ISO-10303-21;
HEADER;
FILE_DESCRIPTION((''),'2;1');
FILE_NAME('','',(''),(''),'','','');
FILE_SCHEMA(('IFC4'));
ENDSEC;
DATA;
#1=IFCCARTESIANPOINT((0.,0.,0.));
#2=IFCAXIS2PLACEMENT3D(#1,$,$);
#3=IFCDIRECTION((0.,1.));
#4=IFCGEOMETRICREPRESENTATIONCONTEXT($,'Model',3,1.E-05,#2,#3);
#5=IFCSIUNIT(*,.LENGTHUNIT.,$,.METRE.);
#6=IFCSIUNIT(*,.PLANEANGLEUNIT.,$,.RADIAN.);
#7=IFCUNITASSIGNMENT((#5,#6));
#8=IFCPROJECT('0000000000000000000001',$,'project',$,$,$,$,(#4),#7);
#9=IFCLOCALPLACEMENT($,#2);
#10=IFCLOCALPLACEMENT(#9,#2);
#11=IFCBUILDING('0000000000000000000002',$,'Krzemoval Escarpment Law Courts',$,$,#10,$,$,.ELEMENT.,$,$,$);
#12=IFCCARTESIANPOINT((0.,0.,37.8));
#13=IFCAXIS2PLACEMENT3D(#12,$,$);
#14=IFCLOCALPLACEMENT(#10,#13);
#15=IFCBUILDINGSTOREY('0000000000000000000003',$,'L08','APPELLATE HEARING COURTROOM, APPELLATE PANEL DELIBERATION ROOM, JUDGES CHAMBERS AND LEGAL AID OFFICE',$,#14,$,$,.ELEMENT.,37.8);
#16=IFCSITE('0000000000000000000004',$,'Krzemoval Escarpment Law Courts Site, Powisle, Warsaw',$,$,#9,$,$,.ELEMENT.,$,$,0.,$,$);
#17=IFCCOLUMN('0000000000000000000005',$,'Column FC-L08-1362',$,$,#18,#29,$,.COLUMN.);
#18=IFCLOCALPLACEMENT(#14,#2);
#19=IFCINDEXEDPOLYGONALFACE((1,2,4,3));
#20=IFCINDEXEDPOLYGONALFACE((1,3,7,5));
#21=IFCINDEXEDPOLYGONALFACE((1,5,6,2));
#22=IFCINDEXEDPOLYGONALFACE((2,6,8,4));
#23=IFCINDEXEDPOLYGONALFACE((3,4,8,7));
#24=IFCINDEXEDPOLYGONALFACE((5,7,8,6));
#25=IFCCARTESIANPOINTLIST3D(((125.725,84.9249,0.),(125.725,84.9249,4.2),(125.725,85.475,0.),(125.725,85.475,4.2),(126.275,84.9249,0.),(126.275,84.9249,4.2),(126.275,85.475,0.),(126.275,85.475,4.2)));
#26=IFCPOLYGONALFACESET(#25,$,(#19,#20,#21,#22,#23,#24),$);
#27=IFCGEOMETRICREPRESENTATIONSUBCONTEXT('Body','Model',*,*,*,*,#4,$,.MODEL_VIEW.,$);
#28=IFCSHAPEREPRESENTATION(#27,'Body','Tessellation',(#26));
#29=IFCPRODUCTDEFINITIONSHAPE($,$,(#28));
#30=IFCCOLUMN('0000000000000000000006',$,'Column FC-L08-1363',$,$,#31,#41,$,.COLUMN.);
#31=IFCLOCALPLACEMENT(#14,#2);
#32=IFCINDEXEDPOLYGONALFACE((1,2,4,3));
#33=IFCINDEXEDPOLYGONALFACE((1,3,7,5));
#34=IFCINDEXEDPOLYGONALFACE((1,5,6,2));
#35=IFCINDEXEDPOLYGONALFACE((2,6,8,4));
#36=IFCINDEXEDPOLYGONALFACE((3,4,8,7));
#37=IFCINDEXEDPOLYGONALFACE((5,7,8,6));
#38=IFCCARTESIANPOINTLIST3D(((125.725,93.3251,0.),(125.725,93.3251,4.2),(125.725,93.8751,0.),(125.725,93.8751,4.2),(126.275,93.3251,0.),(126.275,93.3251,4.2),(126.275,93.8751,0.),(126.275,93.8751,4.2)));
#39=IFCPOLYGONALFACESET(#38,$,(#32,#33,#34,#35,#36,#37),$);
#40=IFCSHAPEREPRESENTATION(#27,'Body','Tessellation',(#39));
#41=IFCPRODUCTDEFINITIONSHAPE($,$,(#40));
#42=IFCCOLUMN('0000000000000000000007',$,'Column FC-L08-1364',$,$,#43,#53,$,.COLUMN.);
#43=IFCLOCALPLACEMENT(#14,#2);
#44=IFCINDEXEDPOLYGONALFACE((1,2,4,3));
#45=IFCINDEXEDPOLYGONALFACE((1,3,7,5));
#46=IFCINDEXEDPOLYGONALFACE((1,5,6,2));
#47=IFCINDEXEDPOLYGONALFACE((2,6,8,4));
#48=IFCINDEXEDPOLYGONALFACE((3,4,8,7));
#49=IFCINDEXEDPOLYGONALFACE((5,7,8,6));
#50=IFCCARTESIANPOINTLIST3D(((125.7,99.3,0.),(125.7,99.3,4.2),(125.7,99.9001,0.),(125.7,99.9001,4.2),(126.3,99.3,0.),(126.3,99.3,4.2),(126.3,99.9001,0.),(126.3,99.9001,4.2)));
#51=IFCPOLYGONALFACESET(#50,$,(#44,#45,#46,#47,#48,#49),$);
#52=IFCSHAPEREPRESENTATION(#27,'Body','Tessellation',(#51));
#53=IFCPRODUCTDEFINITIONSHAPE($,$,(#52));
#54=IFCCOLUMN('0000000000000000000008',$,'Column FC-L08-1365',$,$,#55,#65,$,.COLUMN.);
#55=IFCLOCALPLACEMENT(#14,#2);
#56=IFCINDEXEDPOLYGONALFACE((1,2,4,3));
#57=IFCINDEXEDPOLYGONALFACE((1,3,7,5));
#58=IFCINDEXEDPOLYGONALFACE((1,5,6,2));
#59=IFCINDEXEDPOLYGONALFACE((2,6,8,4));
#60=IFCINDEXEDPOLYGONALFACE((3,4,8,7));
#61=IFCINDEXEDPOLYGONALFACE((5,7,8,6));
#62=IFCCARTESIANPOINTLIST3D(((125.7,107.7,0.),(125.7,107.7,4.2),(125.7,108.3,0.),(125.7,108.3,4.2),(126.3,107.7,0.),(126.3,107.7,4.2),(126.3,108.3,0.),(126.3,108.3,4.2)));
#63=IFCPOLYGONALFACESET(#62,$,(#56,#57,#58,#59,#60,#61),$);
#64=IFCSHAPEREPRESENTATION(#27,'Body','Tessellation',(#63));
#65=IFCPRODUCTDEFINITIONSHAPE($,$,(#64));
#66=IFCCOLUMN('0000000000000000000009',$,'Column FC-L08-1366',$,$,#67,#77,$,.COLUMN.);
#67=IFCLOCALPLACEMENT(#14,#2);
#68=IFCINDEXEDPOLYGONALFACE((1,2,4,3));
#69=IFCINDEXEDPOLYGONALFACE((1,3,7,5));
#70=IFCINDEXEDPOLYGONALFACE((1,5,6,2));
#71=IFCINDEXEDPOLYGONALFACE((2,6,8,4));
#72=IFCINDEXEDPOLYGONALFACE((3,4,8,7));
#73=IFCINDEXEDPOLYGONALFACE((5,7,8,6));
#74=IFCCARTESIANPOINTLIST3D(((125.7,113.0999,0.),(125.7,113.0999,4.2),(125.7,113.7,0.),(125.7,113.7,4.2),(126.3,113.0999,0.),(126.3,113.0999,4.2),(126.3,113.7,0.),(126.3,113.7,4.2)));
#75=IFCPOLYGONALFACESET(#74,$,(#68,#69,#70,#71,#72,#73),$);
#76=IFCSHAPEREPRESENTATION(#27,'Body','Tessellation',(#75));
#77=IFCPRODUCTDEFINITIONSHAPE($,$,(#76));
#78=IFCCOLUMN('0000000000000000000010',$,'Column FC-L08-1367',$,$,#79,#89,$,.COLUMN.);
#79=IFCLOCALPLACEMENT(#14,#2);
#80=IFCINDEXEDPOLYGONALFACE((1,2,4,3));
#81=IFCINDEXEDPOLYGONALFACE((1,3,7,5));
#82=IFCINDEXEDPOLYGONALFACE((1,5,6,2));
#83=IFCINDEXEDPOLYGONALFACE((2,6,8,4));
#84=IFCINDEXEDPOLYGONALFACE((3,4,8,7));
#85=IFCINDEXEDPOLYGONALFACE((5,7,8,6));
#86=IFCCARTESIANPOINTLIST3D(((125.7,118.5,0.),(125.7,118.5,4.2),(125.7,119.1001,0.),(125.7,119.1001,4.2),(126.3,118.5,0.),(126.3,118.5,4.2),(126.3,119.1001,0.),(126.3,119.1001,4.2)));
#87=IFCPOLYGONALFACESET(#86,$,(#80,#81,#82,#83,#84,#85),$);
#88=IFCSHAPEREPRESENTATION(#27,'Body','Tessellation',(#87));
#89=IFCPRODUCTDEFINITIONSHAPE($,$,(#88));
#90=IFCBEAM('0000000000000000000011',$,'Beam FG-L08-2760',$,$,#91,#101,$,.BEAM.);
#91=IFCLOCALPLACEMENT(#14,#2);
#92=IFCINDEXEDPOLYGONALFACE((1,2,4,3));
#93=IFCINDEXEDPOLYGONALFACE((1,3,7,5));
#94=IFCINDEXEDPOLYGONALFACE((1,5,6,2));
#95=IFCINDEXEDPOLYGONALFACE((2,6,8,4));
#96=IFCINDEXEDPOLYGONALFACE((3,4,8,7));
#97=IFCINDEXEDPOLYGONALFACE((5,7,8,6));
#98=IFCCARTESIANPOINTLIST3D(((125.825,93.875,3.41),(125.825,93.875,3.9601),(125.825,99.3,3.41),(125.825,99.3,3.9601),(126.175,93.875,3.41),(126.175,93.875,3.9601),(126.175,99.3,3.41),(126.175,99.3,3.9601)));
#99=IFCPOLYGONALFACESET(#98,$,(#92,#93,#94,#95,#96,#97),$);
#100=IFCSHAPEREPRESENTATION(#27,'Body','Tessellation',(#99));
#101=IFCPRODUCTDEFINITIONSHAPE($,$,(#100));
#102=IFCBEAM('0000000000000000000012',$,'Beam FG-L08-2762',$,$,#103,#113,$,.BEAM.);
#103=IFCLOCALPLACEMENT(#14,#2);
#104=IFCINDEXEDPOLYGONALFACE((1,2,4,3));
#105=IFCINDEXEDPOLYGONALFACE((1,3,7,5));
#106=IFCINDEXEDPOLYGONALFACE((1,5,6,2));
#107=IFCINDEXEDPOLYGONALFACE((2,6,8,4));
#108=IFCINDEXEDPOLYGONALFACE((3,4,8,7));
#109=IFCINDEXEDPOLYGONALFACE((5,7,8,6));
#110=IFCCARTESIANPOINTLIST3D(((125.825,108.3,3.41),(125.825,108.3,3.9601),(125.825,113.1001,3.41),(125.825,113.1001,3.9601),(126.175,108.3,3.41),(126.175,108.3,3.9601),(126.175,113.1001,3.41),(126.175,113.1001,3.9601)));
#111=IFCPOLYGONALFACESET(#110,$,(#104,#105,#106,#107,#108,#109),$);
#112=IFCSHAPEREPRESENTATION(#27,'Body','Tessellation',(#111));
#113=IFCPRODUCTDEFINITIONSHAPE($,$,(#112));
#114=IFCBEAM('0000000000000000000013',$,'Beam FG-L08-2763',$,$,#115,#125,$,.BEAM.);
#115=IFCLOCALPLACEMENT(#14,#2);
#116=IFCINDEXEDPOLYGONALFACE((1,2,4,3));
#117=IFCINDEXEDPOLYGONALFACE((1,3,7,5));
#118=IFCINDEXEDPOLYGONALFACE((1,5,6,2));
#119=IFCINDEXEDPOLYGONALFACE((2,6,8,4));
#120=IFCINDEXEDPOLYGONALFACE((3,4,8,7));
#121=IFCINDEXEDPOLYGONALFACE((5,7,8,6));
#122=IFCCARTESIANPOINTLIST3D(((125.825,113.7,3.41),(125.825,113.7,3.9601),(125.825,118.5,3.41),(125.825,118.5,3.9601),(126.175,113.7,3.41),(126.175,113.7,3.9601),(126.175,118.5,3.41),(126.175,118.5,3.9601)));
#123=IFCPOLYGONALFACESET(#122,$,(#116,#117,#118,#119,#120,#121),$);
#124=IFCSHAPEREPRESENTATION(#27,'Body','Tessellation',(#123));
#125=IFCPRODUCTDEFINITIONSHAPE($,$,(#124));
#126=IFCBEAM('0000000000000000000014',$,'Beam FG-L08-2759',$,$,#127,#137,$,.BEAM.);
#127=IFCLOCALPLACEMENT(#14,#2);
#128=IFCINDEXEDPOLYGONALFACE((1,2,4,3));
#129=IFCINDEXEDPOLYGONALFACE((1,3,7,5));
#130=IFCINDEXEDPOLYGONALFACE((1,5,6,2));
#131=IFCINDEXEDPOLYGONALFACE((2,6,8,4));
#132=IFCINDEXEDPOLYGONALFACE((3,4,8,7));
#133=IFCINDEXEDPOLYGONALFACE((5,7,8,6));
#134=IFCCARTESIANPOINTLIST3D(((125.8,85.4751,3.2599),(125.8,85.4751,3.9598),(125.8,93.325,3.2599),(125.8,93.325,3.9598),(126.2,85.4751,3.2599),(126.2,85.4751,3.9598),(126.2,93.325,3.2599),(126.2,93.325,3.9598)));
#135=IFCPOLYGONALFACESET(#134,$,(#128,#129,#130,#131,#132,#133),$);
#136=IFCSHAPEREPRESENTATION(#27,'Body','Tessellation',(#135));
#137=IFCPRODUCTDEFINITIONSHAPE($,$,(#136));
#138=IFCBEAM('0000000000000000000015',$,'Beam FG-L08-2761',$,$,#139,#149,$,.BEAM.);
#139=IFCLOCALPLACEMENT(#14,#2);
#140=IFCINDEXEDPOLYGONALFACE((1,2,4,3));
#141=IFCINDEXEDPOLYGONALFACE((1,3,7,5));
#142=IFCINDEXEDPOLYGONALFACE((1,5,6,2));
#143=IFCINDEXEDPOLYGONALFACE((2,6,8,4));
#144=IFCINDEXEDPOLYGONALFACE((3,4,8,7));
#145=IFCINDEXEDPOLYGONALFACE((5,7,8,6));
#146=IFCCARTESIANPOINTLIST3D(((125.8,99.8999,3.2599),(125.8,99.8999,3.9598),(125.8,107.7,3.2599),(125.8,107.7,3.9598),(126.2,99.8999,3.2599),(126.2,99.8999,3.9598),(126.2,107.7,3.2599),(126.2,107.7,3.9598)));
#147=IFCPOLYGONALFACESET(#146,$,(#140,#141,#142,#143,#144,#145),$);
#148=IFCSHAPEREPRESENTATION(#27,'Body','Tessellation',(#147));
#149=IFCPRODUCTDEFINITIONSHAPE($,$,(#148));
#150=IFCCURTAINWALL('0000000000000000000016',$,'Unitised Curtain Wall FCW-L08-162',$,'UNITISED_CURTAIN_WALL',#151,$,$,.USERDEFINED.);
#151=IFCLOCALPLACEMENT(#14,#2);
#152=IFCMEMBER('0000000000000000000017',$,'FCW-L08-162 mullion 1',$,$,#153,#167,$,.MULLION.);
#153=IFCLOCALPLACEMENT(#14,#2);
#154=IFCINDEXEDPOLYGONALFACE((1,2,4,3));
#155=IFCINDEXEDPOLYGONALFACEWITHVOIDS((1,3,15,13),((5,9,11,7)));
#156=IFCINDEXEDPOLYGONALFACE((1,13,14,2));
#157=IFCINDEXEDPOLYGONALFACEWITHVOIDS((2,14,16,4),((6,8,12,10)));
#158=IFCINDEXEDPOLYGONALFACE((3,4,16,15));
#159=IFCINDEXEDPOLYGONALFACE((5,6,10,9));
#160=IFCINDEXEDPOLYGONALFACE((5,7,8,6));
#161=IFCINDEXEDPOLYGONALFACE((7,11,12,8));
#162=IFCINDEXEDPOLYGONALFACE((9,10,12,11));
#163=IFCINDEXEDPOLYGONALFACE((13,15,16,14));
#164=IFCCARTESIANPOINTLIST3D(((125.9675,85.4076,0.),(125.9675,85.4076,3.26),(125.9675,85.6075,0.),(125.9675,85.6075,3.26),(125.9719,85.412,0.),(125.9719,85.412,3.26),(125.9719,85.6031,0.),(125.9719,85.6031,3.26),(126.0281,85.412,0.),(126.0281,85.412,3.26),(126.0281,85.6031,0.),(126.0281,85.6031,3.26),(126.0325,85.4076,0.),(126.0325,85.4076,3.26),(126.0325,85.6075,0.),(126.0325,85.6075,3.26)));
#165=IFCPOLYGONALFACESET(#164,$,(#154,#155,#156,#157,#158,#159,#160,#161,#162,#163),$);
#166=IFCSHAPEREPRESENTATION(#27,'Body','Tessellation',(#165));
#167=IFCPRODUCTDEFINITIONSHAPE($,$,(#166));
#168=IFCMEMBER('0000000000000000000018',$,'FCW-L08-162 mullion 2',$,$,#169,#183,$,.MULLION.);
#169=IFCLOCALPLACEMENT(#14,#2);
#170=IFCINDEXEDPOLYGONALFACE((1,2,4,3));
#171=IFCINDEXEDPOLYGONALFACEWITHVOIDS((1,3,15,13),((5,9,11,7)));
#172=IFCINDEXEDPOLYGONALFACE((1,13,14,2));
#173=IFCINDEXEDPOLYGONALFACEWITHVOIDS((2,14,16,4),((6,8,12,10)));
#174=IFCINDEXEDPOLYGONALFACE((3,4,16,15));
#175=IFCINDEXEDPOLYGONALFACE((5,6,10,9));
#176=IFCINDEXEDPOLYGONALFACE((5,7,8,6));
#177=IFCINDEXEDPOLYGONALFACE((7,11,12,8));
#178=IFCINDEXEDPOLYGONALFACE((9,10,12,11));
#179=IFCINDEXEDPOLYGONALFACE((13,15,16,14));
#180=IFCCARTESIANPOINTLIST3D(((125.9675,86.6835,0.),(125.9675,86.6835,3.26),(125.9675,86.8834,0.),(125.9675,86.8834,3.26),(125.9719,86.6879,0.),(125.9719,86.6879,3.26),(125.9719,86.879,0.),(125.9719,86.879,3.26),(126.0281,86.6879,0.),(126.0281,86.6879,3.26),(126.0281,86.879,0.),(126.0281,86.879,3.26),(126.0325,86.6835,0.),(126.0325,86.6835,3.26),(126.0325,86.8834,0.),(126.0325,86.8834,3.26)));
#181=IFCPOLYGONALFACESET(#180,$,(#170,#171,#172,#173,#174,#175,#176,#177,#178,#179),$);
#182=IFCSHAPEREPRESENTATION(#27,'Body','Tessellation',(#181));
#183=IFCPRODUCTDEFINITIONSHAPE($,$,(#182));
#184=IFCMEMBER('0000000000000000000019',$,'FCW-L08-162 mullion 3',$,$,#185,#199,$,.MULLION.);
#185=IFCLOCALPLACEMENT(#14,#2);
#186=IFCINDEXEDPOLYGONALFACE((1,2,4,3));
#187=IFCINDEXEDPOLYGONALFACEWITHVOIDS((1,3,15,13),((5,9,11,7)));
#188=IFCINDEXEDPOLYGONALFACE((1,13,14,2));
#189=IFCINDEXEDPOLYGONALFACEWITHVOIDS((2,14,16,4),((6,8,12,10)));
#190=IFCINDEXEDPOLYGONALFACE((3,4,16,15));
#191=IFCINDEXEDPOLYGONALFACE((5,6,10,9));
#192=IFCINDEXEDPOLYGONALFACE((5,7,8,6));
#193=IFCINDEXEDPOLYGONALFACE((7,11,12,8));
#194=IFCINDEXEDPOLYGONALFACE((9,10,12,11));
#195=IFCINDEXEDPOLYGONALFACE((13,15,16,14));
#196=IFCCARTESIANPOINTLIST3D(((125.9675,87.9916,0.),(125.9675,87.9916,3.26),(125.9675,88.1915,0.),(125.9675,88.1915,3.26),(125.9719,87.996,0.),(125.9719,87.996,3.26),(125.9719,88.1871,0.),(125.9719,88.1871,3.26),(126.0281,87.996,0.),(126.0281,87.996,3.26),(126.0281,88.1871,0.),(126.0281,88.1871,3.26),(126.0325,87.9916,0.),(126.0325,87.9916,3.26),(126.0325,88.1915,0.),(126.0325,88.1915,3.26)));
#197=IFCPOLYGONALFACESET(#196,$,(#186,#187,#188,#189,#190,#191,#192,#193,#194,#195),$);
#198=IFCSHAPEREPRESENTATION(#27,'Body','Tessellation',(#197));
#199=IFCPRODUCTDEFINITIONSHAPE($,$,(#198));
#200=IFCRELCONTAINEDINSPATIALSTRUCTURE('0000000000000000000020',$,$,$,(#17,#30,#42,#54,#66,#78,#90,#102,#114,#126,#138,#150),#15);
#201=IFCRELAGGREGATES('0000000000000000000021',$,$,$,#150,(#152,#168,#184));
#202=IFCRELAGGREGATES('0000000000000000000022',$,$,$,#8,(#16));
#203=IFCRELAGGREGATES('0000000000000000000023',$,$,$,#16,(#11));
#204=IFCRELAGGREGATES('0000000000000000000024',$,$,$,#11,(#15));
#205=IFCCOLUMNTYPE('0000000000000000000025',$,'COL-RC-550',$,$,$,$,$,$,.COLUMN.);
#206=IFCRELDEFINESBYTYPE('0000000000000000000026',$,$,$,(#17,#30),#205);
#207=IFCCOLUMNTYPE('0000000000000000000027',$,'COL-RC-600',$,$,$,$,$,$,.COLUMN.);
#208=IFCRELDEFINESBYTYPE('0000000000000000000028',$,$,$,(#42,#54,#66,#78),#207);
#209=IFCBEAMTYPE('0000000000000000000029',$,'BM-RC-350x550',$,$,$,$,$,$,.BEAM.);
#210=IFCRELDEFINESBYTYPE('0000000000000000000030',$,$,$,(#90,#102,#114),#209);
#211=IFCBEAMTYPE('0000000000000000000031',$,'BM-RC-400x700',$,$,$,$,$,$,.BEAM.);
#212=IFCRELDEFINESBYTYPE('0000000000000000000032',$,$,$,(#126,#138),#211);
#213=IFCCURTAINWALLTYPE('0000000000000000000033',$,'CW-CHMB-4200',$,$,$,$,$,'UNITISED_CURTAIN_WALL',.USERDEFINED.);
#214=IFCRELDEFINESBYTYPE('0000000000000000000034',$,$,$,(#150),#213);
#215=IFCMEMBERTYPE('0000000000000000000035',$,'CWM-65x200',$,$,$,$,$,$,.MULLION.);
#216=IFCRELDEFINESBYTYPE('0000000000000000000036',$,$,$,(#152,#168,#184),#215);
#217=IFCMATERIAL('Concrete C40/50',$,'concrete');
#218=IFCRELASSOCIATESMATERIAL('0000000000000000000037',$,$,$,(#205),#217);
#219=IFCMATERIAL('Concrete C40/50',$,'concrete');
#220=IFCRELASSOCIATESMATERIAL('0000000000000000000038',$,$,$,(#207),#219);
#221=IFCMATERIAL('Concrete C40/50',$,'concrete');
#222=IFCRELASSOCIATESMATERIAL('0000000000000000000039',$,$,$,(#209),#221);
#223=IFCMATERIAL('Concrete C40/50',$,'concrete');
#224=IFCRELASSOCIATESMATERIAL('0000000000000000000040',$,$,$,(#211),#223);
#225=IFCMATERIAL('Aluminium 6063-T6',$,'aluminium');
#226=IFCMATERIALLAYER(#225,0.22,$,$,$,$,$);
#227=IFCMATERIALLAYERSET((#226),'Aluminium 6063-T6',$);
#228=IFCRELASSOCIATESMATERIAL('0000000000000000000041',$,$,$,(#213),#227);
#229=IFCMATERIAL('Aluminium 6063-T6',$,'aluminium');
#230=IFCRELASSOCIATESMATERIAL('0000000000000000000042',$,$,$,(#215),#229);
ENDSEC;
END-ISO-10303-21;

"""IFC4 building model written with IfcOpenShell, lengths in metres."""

from ifc_helpers import new_model, si_unit, direction, frame, origin, origin_2d, place, context, subcontext, project, spatial, rectangle, hollow_rectangle, extrude, material, layer, layer_set, material_profile, profile_set, type_object, element, aggregate, save


model = new_model("IFC4")

# Units and contexts
model_context = context("Model", 3, precision=1e-05, world=origin(), true_north=direction((0.0, 1.0)))
body_context = subcontext(model_context, "Body", "Model", "MODEL_VIEW")
ifc_project = project(units=[si_unit("LENGTHUNIT", "METRE"), si_unit("PLANEANGLEUNIT", "RADIAN")], contexts=[model_context])

# Site, building, storey
site_placement = place(None, origin())
site = spatial("IfcSite", under=ifc_project, at=site_placement, Name="Krzemoval Escarpment Law Courts Site, Powisle, Warsaw", CompositionType="ELEMENT", RefElevation=0.0)
building_placement = place(site_placement, origin())
building = spatial("IfcBuilding", under=site, at=building_placement, Name="Krzemoval Escarpment Law Courts", CompositionType="ELEMENT")
storey_placement = place(building_placement, frame((0.0, 0.0, 37.8)))
storey = spatial("IfcBuildingStorey", under=building, at=storey_placement, Name="L08", Description="APPELLATE HEARING COURTROOM, APPELLATE PANEL DELIBERATION ROOM, JUDGES CHAMBERS AND LEGAL AID OFFICE", CompositionType="ELEMENT", Elevation=37.8)

# Columns
ifc_material_1 = material(Name="Concrete C40/50", Category="concrete")
ifc_material_profile_1 = material_profile(ifc_material_1, rectangle(XDim=0.55, YDim=0.55, at=origin_2d()), Name="RC 550x550")
ifc_profile_set_1 = profile_set([ifc_material_profile_1], Name="Concrete C40/50")
column_type_1 = type_object("IfcColumnType", Name="COL-RC-550", PredefinedType="COLUMN", material=ifc_profile_set_1)
for number, where, z_axis, x_axis, name in (
    (1, (126.0, 85.2, 0.0), (0.0, 0.0, 1.0), (1.0, 0.0, 0.0), "Column FC-L08-1362"),
    (2, (126.0, 93.6001, 0.0), (0.0, 0.0, 1.0), (1.0, 0.0, 0.0), "Column FC-L08-1363"),
):
    element("IfcColumn", number, at=place(storey_placement, frame(where, z_axis=z_axis, x_axis=x_axis)), inside=storey, type_object=column_type_1, Name=name, PredefinedType="COLUMN", context=body_context, shape_type="SweptSolid", body=[
        extrude(rectangle(XDim=0.55, YDim=0.55, at=origin_2d()), origin(), (0.0, 0.0, 1.0), 4.2),
    ])
ifc_material_2 = material(Name="Concrete C40/50", Category="concrete")
ifc_material_profile_2 = material_profile(ifc_material_2, rectangle(XDim=0.6001, YDim=0.6001, at=origin_2d()), Name="RC 600x600")
ifc_profile_set_2 = profile_set([ifc_material_profile_2], Name="Concrete C40/50")
column_type_2 = type_object("IfcColumnType", Name="COL-RC-600", PredefinedType="COLUMN", material=ifc_profile_set_2)
for number, where, z_axis, x_axis, name in (
    (3, (126.0, 99.6001, 0.0), (0.0, 0.0, 1.0), (1.0, 0.0, 0.0), "Column FC-L08-1364"),
    (4, (126.0, 108.0, 0.0), (0.0, 0.0, 1.0), (1.0, 0.0, 0.0), "Column FC-L08-1365"),
    (5, (126.0, 113.3999, 0.0), (0.0, 0.0, 1.0), (1.0, 0.0, 0.0), "Column FC-L08-1366"),
    (6, (126.0, 118.8, 0.0), (0.0, 0.0, 1.0), (1.0, 0.0, 0.0), "Column FC-L08-1367"),
):
    element("IfcColumn", number, at=place(storey_placement, frame(where, z_axis=z_axis, x_axis=x_axis)), inside=storey, type_object=column_type_2, Name=name, PredefinedType="COLUMN", context=body_context, shape_type="SweptSolid", body=[
        extrude(rectangle(XDim=0.6001, YDim=0.6001, at=origin_2d()), origin(), (0.0, 0.0, 1.0), 4.2),
    ])

# Beams
ifc_material_3 = material(Name="Concrete C40/50", Category="concrete")
ifc_material_profile_3 = material_profile(ifc_material_3, rectangle(XDim=0.3501, YDim=0.55, at=origin_2d()), Name="RCB 350x550")
ifc_profile_set_3 = profile_set([ifc_material_profile_3], Name="Concrete C40/50")
beam_type_1 = type_object("IfcBeamType", Name="BM-RC-350x550", PredefinedType="BEAM", material=ifc_profile_set_3)
beam_1_placement = place(storey_placement, frame((126.0, 93.875, 3.6851), z_axis=(0.0, 1.0, 0.0), x_axis=(-1.0, 0.0, 0.0)))
element("IfcBeam", 7, at=beam_1_placement, inside=storey, type_object=beam_type_1, Name="Beam FG-L08-2760", PredefinedType="BEAM", context=body_context, shape_type="SweptSolid", body=[
    extrude(rectangle(XDim=0.3501, YDim=0.55, at=origin_2d()), origin(), (0.0, 0.0, 1.0), 5.425),
])
for number, where, z_axis, x_axis, name in (
    (8, (126.0, 108.3, 3.6851), (0.0, 1.0, 0.0), (-1.0, 0.0, 0.0), "Beam FG-L08-2762"),
    (9, (126.0, 113.7, 3.6851), (0.0, 1.0, 0.0), (-1.0, 0.0, 0.0), "Beam FG-L08-2763"),
):
    element("IfcBeam", number, at=place(storey_placement, frame(where, z_axis=z_axis, x_axis=x_axis)), inside=storey, type_object=beam_type_1, Name=name, PredefinedType="BEAM", context=body_context, shape_type="SweptSolid", body=[
        extrude(rectangle(XDim=0.3501, YDim=0.55, at=origin_2d()), origin(), (0.0, 0.0, 1.0), 4.8),
    ])
ifc_material_4 = material(Name="Concrete C40/50", Category="concrete")
ifc_material_profile_4 = material_profile(ifc_material_4, rectangle(XDim=0.3999, YDim=0.7, at=origin_2d()), Name="RCB 400x700")
ifc_profile_set_4 = profile_set([ifc_material_profile_4], Name="Concrete C40/50")
beam_type_2 = type_object("IfcBeamType", Name="BM-RC-400x700", PredefinedType="BEAM", material=ifc_profile_set_4)
beam_2_placement = place(storey_placement, frame((126.0, 85.4751, 3.6099), z_axis=(0.0, 1.0, 0.0), x_axis=(-1.0, 0.0, 0.0)))
element("IfcBeam", 10, at=beam_2_placement, inside=storey, type_object=beam_type_2, Name="Beam FG-L08-2759", PredefinedType="BEAM", context=body_context, shape_type="SweptSolid", body=[
    extrude(rectangle(XDim=0.3999, YDim=0.7, at=origin_2d()), origin(), (0.0, 0.0, 1.0), 7.8499),
])
beam_3_placement = place(storey_placement, frame((126.0, 99.8999, 3.6099), z_axis=(0.0, 1.0, 0.0), x_axis=(-1.0, 0.0, 0.0)))
element("IfcBeam", 11, at=beam_3_placement, inside=storey, type_object=beam_type_2, Name="Beam FG-L08-2761", PredefinedType="BEAM", context=body_context, shape_type="SweptSolid", body=[
    extrude(rectangle(XDim=0.3999, YDim=0.7, at=origin_2d()), origin(), (0.0, 0.0, 1.0), 7.8),
])

# Curtain wall, members
ifc_material_5 = material(Name="Aluminium 6063-T6", Category="aluminium")
ifc_layer_1 = layer(ifc_material_5, 0.22)
ifc_layer_set_1 = layer_set([ifc_layer_1], Name="Aluminium 6063-T6")
curtain_wall_type = type_object("IfcCurtainWallType", Name="CW-CHMB-4200", ElementType="UNITISED_CURTAIN_WALL", PredefinedType="USERDEFINED", material=ifc_layer_set_1)
curtain_wall_placement = place(storey_placement, origin())
curtain_wall = element("IfcCurtainWall", 12, at=curtain_wall_placement, inside=storey, type_object=curtain_wall_type, Name="Unitised Curtain Wall FCW-L08-162", ObjectType="UNITISED_CURTAIN_WALL", PredefinedType="USERDEFINED")
ifc_material_6 = material(Name="Aluminium 6063-T6", Category="aluminium")
ifc_material_profile_5 = material_profile(ifc_material_6, hollow_rectangle(XDim=0.0649, YDim=0.2, WallThickness=0.0044, at=origin_2d()), Name="ALU M65x200")
ifc_profile_set_5 = profile_set([ifc_material_profile_5], Name="Aluminium 6063-T6")
member_type_1 = type_object("IfcMemberType", Name="CWM-65x200", PredefinedType="MULLION", material=ifc_profile_set_5)
member_1_placement = place(storey_placement, frame((126.0, 85.5076, 0.0), z_axis=(0.0, 0.0, 1.0), x_axis=(-1.0, 0.0, 0.0)))
member_1 = element("IfcMember", 13, at=member_1_placement, type_object=member_type_1, Name="FCW-L08-162 mullion 1", PredefinedType="MULLION", context=body_context, shape_type="SweptSolid", body=[
    extrude(hollow_rectangle(XDim=0.0649, YDim=0.2, WallThickness=0.0044, at=origin_2d()), origin(), (0.0, 0.0, 1.0), 3.26),
])
member_2_placement = place(storey_placement, frame((126.0, 86.7834, 0.0), z_axis=(0.0, 0.0, 1.0), x_axis=(-1.0, 0.0, 0.0)))
member_2 = element("IfcMember", 14, at=member_2_placement, type_object=member_type_1, Name="FCW-L08-162 mullion 2", PredefinedType="MULLION", context=body_context, shape_type="SweptSolid", body=[
    extrude(hollow_rectangle(XDim=0.0649, YDim=0.2, WallThickness=0.0044, at=origin_2d()), origin(), (0.0, 0.0, 1.0), 3.26),
])
member_3_placement = place(storey_placement, frame((126.0, 88.0916, 0.0), z_axis=(0.0, 0.0, 1.0), x_axis=(-1.0, 0.0, 0.0)))
member_3 = element("IfcMember", 15, at=member_3_placement, type_object=member_type_1, Name="FCW-L08-162 mullion 3", PredefinedType="MULLION", context=body_context, shape_type="SweptSolid", body=[
    extrude(hollow_rectangle(XDim=0.0649, YDim=0.2, WallThickness=0.0044, at=origin_2d()), origin(), (0.0, 0.0, 1.0), 3.26),
])
aggregate(curtain_wall, [member_1, member_2, member_3])

save(model, "model.ifc")
